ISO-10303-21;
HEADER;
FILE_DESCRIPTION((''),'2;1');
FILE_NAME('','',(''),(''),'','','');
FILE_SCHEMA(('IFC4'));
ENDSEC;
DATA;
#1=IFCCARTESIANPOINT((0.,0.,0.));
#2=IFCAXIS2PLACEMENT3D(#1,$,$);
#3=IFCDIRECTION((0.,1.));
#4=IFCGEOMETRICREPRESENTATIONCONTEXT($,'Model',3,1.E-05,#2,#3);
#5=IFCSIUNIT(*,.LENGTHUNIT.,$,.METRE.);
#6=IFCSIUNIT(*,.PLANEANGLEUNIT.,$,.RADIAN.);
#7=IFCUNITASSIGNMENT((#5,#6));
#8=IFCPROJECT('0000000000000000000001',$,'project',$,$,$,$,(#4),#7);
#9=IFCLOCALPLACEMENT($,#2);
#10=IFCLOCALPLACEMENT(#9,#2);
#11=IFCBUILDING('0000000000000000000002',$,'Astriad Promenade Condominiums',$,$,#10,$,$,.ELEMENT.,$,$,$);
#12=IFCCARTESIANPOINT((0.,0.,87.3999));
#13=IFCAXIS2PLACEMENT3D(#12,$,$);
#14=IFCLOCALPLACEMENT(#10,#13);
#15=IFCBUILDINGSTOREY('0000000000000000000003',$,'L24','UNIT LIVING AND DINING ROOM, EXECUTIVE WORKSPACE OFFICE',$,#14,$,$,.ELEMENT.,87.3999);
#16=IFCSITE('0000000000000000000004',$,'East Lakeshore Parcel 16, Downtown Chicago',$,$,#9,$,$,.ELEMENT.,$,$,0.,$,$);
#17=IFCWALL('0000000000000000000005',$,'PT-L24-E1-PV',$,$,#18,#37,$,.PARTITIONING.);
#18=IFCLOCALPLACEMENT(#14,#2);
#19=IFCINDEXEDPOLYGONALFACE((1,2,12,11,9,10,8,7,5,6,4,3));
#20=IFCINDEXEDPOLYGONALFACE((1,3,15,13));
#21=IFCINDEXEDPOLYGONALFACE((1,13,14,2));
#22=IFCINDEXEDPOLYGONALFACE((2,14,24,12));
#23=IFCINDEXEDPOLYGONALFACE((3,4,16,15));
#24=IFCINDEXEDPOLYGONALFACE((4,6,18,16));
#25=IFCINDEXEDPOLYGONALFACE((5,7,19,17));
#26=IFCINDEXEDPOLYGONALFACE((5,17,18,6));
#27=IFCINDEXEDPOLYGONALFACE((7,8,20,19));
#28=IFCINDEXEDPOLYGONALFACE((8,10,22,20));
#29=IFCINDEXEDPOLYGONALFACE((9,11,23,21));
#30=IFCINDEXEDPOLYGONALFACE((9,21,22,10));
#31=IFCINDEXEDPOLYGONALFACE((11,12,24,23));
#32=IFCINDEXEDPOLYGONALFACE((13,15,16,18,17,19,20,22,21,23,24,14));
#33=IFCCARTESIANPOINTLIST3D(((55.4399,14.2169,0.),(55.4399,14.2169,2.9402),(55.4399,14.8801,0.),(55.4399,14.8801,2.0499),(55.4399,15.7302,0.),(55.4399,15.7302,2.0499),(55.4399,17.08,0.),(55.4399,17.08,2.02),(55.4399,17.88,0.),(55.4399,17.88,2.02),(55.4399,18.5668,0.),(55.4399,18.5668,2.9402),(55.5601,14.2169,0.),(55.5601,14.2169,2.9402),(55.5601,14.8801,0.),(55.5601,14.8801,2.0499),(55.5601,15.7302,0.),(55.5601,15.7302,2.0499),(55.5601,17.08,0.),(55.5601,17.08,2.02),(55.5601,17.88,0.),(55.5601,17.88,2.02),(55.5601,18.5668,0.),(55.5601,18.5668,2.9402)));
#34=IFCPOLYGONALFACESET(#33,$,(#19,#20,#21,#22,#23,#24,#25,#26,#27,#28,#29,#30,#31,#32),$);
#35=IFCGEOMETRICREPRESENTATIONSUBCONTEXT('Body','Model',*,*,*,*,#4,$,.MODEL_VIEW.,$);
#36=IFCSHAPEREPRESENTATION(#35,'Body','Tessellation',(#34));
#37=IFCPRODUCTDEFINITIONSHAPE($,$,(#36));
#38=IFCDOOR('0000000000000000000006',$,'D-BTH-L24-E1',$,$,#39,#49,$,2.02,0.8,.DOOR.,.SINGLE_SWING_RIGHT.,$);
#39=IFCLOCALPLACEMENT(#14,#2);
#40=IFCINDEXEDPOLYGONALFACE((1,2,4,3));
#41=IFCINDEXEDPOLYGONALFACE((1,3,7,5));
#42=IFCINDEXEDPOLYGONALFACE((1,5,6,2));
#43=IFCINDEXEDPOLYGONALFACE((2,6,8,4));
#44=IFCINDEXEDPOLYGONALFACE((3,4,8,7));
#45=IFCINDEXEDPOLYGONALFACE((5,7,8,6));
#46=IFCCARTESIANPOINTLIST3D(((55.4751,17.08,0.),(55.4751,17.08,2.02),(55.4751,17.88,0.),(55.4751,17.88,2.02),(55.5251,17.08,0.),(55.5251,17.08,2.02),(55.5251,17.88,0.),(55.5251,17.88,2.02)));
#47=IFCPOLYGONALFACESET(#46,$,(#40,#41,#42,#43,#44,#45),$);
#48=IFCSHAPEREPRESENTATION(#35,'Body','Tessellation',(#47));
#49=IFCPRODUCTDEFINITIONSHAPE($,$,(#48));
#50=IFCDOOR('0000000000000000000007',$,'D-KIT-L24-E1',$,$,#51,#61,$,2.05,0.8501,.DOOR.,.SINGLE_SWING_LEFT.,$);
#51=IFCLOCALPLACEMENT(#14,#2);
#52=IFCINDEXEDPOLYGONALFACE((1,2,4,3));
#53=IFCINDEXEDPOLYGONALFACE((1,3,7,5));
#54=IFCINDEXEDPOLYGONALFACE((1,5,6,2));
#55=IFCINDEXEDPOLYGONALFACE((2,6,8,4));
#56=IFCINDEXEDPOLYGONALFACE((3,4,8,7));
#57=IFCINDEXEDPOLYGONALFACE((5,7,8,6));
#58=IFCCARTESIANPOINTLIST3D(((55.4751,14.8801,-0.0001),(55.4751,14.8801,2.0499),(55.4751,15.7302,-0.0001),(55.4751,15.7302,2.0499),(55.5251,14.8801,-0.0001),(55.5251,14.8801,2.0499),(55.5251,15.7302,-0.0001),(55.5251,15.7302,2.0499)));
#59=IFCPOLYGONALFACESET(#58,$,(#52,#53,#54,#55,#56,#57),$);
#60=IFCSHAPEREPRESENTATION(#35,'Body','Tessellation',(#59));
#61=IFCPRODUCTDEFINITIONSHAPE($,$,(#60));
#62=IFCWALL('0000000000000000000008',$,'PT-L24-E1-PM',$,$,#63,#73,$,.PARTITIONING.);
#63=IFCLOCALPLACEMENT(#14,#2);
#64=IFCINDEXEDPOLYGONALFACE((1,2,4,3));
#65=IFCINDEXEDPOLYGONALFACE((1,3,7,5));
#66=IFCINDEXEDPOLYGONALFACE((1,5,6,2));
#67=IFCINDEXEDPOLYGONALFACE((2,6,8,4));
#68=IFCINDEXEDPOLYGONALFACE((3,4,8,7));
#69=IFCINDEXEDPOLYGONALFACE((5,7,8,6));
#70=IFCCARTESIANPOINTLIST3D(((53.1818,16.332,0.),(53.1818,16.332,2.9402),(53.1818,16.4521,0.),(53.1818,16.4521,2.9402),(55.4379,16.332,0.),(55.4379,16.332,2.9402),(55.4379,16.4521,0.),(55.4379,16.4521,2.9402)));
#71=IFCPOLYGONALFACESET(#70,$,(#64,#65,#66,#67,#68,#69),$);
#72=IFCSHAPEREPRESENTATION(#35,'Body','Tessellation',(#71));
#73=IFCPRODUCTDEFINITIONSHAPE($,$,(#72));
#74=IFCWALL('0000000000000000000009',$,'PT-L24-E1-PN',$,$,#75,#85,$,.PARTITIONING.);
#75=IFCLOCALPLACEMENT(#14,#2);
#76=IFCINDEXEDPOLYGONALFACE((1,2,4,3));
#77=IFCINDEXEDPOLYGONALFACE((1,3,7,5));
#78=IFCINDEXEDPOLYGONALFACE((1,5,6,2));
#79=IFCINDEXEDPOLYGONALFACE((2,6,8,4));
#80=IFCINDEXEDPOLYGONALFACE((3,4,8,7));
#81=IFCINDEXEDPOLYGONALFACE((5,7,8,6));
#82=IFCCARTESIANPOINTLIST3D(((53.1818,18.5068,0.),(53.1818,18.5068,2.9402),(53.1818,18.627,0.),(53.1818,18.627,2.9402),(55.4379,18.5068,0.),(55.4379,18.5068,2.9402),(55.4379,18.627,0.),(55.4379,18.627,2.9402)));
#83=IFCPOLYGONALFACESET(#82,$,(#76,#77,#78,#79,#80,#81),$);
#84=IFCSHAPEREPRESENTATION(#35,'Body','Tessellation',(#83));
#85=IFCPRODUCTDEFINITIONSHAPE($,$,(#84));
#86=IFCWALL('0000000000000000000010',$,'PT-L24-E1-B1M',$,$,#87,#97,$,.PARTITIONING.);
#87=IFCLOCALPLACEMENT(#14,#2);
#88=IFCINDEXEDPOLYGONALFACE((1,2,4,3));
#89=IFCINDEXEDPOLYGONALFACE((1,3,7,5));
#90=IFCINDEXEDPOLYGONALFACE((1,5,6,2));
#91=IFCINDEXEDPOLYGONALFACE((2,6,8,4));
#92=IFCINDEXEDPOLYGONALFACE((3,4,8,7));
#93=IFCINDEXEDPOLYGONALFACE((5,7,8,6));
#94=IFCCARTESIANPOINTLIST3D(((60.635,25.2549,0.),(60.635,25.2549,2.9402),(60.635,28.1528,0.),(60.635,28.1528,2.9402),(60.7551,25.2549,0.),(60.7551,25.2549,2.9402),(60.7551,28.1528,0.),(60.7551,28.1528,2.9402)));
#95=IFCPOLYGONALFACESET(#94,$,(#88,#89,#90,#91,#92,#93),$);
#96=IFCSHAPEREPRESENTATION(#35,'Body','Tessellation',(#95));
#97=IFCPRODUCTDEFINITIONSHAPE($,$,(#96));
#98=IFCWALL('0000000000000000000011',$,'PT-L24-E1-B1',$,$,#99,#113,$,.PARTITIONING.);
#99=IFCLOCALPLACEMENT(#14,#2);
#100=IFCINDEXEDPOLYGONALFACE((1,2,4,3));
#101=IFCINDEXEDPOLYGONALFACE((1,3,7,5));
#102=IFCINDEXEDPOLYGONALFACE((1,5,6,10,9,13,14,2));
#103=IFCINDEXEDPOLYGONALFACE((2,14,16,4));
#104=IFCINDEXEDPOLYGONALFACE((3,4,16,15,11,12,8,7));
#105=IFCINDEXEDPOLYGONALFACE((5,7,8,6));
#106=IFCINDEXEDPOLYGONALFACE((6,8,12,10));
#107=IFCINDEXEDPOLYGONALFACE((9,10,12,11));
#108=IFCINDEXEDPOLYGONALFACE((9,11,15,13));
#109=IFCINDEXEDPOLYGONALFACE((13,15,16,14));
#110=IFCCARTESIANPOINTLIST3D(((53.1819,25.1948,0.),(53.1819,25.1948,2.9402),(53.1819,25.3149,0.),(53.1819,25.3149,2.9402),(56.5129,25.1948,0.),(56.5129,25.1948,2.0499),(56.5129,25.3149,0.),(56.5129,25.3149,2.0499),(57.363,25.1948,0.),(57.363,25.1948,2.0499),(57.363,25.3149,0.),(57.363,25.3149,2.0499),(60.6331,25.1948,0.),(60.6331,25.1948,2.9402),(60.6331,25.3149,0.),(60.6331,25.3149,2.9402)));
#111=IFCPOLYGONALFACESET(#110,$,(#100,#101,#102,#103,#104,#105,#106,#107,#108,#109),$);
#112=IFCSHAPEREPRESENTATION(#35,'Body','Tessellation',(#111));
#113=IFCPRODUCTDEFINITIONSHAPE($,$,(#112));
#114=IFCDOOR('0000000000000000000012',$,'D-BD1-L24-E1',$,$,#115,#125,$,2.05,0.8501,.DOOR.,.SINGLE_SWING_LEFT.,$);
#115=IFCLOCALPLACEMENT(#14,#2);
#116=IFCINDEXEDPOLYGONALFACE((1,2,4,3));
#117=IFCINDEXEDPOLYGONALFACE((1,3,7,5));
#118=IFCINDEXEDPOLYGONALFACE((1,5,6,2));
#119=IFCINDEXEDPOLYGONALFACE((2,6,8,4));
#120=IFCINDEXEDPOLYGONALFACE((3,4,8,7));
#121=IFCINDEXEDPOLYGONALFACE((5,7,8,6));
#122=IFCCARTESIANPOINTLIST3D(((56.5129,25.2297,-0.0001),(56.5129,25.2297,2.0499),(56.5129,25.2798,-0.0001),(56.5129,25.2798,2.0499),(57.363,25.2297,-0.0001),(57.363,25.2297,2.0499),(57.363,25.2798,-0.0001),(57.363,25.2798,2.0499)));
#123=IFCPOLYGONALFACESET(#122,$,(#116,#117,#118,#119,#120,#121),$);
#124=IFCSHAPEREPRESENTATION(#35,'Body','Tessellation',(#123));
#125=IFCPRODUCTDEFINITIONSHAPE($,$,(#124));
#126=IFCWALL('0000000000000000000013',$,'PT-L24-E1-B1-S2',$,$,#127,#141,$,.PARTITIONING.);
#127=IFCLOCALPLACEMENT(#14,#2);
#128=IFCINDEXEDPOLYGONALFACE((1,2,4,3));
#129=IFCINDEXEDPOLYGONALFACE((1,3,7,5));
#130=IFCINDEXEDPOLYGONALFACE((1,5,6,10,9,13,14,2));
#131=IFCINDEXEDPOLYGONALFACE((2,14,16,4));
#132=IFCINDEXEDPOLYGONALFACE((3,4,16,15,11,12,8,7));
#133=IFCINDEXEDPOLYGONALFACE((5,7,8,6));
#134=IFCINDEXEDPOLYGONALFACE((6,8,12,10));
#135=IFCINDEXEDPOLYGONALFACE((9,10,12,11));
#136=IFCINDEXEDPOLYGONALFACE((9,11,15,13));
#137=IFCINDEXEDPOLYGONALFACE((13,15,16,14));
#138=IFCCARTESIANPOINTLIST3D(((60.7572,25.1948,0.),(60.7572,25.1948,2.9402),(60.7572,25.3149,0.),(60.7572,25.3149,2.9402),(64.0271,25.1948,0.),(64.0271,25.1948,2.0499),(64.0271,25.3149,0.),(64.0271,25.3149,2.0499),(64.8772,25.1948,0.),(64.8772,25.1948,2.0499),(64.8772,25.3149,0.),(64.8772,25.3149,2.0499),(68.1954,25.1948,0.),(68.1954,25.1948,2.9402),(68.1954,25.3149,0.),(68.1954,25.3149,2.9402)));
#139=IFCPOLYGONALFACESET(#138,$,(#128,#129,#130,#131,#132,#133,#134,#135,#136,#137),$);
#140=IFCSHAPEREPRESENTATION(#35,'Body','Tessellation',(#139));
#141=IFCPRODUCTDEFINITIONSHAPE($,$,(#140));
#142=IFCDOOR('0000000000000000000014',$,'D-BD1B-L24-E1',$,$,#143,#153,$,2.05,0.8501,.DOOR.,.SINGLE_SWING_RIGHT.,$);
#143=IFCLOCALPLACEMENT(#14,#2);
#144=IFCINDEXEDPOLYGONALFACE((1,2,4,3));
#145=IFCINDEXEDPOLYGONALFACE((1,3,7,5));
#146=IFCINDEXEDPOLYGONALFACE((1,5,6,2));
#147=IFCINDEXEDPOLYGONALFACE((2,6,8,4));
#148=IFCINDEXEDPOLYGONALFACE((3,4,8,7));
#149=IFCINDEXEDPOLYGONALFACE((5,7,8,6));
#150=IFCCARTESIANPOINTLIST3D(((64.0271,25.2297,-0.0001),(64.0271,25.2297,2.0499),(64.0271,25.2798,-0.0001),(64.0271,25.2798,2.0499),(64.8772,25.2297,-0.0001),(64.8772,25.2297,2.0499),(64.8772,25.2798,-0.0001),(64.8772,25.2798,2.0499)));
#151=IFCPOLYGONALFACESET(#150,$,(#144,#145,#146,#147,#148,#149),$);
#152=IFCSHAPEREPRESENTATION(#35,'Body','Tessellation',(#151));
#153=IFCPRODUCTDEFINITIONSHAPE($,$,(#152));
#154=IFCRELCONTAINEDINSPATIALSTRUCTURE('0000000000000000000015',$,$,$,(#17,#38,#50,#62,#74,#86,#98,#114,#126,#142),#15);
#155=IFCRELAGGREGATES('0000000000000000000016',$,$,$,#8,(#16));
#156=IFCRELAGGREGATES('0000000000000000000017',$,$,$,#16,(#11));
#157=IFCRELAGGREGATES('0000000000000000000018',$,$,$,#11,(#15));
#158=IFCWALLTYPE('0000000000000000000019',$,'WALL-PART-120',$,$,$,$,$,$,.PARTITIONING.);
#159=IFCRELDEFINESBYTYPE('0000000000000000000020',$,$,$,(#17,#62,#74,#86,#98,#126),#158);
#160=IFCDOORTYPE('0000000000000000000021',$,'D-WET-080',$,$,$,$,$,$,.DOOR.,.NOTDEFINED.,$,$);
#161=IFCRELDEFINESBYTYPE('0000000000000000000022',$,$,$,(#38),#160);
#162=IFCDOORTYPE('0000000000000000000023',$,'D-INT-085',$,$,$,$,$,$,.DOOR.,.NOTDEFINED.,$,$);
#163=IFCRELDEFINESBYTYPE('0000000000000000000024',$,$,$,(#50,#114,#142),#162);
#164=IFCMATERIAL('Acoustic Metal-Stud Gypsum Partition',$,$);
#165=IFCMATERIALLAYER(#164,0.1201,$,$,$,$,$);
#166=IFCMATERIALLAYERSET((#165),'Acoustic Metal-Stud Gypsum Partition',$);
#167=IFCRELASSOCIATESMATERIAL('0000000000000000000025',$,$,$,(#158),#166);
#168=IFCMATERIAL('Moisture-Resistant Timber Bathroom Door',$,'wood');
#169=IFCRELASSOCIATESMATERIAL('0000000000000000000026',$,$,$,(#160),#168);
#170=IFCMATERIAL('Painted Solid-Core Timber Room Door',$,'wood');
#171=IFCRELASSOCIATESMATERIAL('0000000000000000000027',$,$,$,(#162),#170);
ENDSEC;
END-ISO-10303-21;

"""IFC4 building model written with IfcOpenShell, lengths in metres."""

from ifc_helpers import new_model, si_unit, direction, frame, frame_2d, origin, place, context, subcontext, project, spatial, rectangle, extrude, source, transform, mapped, material, layer, layer_set, type_object, type_shapes, element, fill, save


model = new_model("IFC4")

# Units and contexts
model_context = context("Model", 3, precision=1e-05, world=origin(), true_north=direction((0.0, 1.0)))
body_context = subcontext(model_context, "Body", "Model", "MODEL_VIEW")
ifc_project = project(units=[si_unit("LENGTHUNIT", "METRE"), si_unit("PLANEANGLEUNIT", "RADIAN")], contexts=[model_context])

# Site, building, storey
site_placement = place(None, origin())
site = spatial("IfcSite", under=ifc_project, at=site_placement, Name="East Lakeshore Parcel 16, Downtown Chicago", CompositionType="ELEMENT", RefElevation=0.0)
building_placement = place(site_placement, origin())
building = spatial("IfcBuilding", under=site, at=building_placement, Name="Astriad Promenade Condominiums", CompositionType="ELEMENT")
storey_placement = place(building_placement, frame((0.0, 0.0, 87.3999)))
storey = spatial("IfcBuildingStorey", under=building, at=storey_placement, Name="L24", Description="UNIT LIVING AND DINING ROOM, EXECUTIVE WORKSPACE OFFICE", CompositionType="ELEMENT", Elevation=87.3999)

# Wall, openings, doors
ifc_material_1 = material(Name="Acoustic Metal-Stud Gypsum Partition")
ifc_layer = layer(ifc_material_1, 0.1201)
ifc_layer_set = layer_set([ifc_layer], Name="Acoustic Metal-Stud Gypsum Partition")
wall_type = type_object("IfcWallType", Name="WALL-PART-120", PredefinedType="PARTITIONING", material=ifc_layer_set)
wall_1_placement = place(storey_placement, frame((55.5, 14.217, 0.0), z_axis=(0.0, 0.0, 1.0), x_axis=(0.0, 1.0, 0.0)))
wall_1 = element("IfcWall", 1, at=wall_1_placement, inside=storey, type_object=wall_type, Name="PT-L24-E1-PV", PredefinedType="PARTITIONING", context=body_context, shape_type="SweptSolid", body=[
    extrude(rectangle(XDim=4.3499, YDim=0.1201, at=frame_2d((2.1748, 0.0))), origin(), (0.0, 0.0, 1.0), 2.9402),
])
opening_1_placement = place(wall_1_placement, frame((0.6631, 0.0, 0.0)))
opening_1 = element("IfcOpeningElement", 2, at=opening_1_placement, cuts=wall_1, PredefinedType="OPENING", context=body_context, shape_type="SweptSolid", body=[
    extrude(rectangle(XDim=0.8501, YDim=2.05, at=frame_2d((0.425, 1.0249))), frame((0.0, 0.0701, 0.0), z_axis=(0.0, -1.0, 0.0), x_axis=(1.0, 0.0, 0.0)), (0.0, 0.0, 1.0), 0.1401),
])
opening_2_placement = place(wall_1_placement, frame((2.863, 0.0, 0.0)))
opening_2 = element("IfcOpeningElement", 3, at=opening_2_placement, cuts=wall_1, PredefinedType="OPENING", context=body_context, shape_type="SweptSolid", body=[
    extrude(rectangle(XDim=0.8, YDim=2.02, at=frame_2d((0.3999, 1.01))), frame((0.0, 0.0701, 0.0), z_axis=(0.0, -1.0, 0.0), x_axis=(1.0, 0.0, 0.0)), (0.0, 0.0, 1.0), 0.1401),
])
ifc_material_2 = material(Name="Moisture-Resistant Timber Bathroom Door", Category="wood")
door_type_1 = type_object("IfcDoorType", Name="D-WET-080", OperationType="NOTDEFINED", PredefinedType="DOOR", material=ifc_material_2)
shared_shape_1 = source(origin(), body_context, "Body", "SweptSolid", [
    extrude(rectangle(XDim=0.8, YDim=2.02, at=frame_2d((0.3999, 1.01))), frame((0.0, 0.0249, 0.0), z_axis=(0.0, -1.0, 0.0), x_axis=(1.0, 0.0, 0.0)), (0.0, 0.0, 1.0), 0.05),
])
type_shapes(door_type_1, [shared_shape_1])
door_1_placement = place(opening_2_placement, origin())
door_1 = element("IfcDoor", 4, at=door_1_placement, inside=storey, type_object=door_type_1, Name="D-BTH-L24-E1", OperationType="SINGLE_SWING_RIGHT", OverallHeight=2.02, OverallWidth=0.8, PredefinedType="DOOR", context=body_context, shape_type="MappedRepresentation", body=[
    mapped(shared_shape_1, transform((0.0, 0.0, 0.0), scale=1.0)),
])
fill(opening_2, door_1)
ifc_material_3 = material(Name="Painted Solid-Core Timber Room Door", Category="wood")
door_type_2 = type_object("IfcDoorType", Name="D-INT-085", OperationType="NOTDEFINED", PredefinedType="DOOR", material=ifc_material_3)
shared_shape_2 = source(origin(), body_context, "Body", "SweptSolid", [
    extrude(rectangle(XDim=0.8501, YDim=2.05, at=frame_2d((0.425, 1.0249))), frame((0.0, 0.0249, 0.0), z_axis=(0.0, -1.0, 0.0), x_axis=(1.0, 0.0, 0.0)), (0.0, 0.0, 1.0), 0.05),
])
type_shapes(door_type_2, [shared_shape_2])
door_2_placement = place(opening_1_placement, origin())
door_2 = element("IfcDoor", 5, at=door_2_placement, inside=storey, type_object=door_type_2, Name="D-KIT-L24-E1", OperationType="SINGLE_SWING_LEFT", OverallHeight=2.05, OverallWidth=0.8501, PredefinedType="DOOR", context=body_context, shape_type="MappedRepresentation", body=[
    mapped(shared_shape_2, transform((0.0, 0.0, 0.0), scale=1.0)),
])
fill(opening_1, door_2)

# Walls
for number, where, z_axis, x_axis, name in (
    (6, (53.1819, 16.3921, 0.0), (0.0, 0.0, 1.0), (1.0, 0.0, 0.0), "PT-L24-E1-PM"),
    (7, (53.1819, 18.5669, 0.0), (0.0, 0.0, 1.0), (1.0, 0.0, 0.0), "PT-L24-E1-PN"),
):
    element("IfcWall", number, at=place(storey_placement, frame(where, z_axis=z_axis, x_axis=x_axis)), inside=storey, type_object=wall_type, Name=name, PredefinedType="PARTITIONING", context=body_context, shape_type="SweptSolid", body=[
        extrude(rectangle(XDim=2.2561, YDim=0.1201, at=frame_2d((1.1279, 0.0))), origin(), (0.0, 0.0, 1.0), 2.9402),
    ])
wall_2_placement = place(storey_placement, frame((60.6951, 25.2549, 0.0), z_axis=(0.0, 0.0, 1.0), x_axis=(0.0, 1.0, 0.0)))
element("IfcWall", 8, at=wall_2_placement, inside=storey, type_object=wall_type, Name="PT-L24-E1-B1M", PredefinedType="PARTITIONING", context=body_context, shape_type="SweptSolid", body=[
    extrude(rectangle(XDim=2.8979, YDim=0.1201, at=frame_2d((1.449, 0.0))), origin(), (0.0, 0.0, 1.0), 2.9402),
])

# Walls, openings, doors
wall_3_placement = place(storey_placement, frame((53.1819, 25.2549, 0.0), z_axis=(0.0, 0.0, 1.0), x_axis=(1.0, 0.0, 0.0)))
wall_3 = element("IfcWall", 9, at=wall_3_placement, inside=storey, type_object=wall_type, Name="PT-L24-E1-B1", PredefinedType="PARTITIONING", context=body_context, shape_type="SweptSolid", body=[
    extrude(rectangle(XDim=7.4512, YDim=0.1201, at=frame_2d((3.7256, 0.0))), origin(), (0.0, 0.0, 1.0), 2.9402),
])
opening_3_placement = place(wall_3_placement, frame((3.3311, 0.0, 0.0)))
opening_3 = element("IfcOpeningElement", 10, at=opening_3_placement, cuts=wall_3, PredefinedType="OPENING", context=body_context, shape_type="SweptSolid", body=[
    extrude(rectangle(XDim=0.8501, YDim=2.05, at=frame_2d((0.425, 1.0249))), frame((0.0, 0.0701, 0.0), z_axis=(0.0, -1.0, 0.0), x_axis=(1.0, 0.0, 0.0)), (0.0, 0.0, 1.0), 0.1401),
])
door_3_placement = place(opening_3_placement, origin())
door_3 = element("IfcDoor", 11, at=door_3_placement, inside=storey, type_object=door_type_2, Name="D-BD1-L24-E1", OperationType="SINGLE_SWING_LEFT", OverallHeight=2.05, OverallWidth=0.8501, PredefinedType="DOOR", context=body_context, shape_type="MappedRepresentation", body=[
    mapped(shared_shape_2, transform((0.0, 0.0, 0.0), scale=1.0)),
])
fill(opening_3, door_3)
wall_4_placement = place(storey_placement, frame((60.7571, 25.2549, 0.0), z_axis=(0.0, 0.0, 1.0), x_axis=(1.0, 0.0, 0.0)))
wall_4 = element("IfcWall", 12, at=wall_4_placement, inside=storey, type_object=wall_type, Name="PT-L24-E1-B1-S2", PredefinedType="PARTITIONING", context=body_context, shape_type="SweptSolid", body=[
    extrude(rectangle(XDim=7.4382, YDim=0.1201, at=frame_2d((3.7192, 0.0))), origin(), (0.0, 0.0, 1.0), 2.9402),
])
opening_4_placement = place(wall_4_placement, frame((3.27, 0.0, 0.0)))
opening_4 = element("IfcOpeningElement", 13, at=opening_4_placement, cuts=wall_4, PredefinedType="OPENING", context=body_context, shape_type="SweptSolid", body=[
    extrude(rectangle(XDim=0.8501, YDim=2.05, at=frame_2d((0.425, 1.0249))), frame((0.0, 0.0701, 0.0), z_axis=(0.0, -1.0, 0.0), x_axis=(1.0, 0.0, 0.0)), (0.0, 0.0, 1.0), 0.1401),
])
door_4_placement = place(opening_4_placement, origin())
door_4 = element("IfcDoor", 14, at=door_4_placement, inside=storey, type_object=door_type_2, Name="D-BD1B-L24-E1", OperationType="SINGLE_SWING_RIGHT", OverallHeight=2.05, OverallWidth=0.8501, PredefinedType="DOOR", context=body_context, shape_type="MappedRepresentation", body=[
    mapped(shared_shape_2, transform((0.0, 0.0, 0.0), scale=1.0)),
])
fill(opening_4, door_4)

save(model, "model.ifc")
